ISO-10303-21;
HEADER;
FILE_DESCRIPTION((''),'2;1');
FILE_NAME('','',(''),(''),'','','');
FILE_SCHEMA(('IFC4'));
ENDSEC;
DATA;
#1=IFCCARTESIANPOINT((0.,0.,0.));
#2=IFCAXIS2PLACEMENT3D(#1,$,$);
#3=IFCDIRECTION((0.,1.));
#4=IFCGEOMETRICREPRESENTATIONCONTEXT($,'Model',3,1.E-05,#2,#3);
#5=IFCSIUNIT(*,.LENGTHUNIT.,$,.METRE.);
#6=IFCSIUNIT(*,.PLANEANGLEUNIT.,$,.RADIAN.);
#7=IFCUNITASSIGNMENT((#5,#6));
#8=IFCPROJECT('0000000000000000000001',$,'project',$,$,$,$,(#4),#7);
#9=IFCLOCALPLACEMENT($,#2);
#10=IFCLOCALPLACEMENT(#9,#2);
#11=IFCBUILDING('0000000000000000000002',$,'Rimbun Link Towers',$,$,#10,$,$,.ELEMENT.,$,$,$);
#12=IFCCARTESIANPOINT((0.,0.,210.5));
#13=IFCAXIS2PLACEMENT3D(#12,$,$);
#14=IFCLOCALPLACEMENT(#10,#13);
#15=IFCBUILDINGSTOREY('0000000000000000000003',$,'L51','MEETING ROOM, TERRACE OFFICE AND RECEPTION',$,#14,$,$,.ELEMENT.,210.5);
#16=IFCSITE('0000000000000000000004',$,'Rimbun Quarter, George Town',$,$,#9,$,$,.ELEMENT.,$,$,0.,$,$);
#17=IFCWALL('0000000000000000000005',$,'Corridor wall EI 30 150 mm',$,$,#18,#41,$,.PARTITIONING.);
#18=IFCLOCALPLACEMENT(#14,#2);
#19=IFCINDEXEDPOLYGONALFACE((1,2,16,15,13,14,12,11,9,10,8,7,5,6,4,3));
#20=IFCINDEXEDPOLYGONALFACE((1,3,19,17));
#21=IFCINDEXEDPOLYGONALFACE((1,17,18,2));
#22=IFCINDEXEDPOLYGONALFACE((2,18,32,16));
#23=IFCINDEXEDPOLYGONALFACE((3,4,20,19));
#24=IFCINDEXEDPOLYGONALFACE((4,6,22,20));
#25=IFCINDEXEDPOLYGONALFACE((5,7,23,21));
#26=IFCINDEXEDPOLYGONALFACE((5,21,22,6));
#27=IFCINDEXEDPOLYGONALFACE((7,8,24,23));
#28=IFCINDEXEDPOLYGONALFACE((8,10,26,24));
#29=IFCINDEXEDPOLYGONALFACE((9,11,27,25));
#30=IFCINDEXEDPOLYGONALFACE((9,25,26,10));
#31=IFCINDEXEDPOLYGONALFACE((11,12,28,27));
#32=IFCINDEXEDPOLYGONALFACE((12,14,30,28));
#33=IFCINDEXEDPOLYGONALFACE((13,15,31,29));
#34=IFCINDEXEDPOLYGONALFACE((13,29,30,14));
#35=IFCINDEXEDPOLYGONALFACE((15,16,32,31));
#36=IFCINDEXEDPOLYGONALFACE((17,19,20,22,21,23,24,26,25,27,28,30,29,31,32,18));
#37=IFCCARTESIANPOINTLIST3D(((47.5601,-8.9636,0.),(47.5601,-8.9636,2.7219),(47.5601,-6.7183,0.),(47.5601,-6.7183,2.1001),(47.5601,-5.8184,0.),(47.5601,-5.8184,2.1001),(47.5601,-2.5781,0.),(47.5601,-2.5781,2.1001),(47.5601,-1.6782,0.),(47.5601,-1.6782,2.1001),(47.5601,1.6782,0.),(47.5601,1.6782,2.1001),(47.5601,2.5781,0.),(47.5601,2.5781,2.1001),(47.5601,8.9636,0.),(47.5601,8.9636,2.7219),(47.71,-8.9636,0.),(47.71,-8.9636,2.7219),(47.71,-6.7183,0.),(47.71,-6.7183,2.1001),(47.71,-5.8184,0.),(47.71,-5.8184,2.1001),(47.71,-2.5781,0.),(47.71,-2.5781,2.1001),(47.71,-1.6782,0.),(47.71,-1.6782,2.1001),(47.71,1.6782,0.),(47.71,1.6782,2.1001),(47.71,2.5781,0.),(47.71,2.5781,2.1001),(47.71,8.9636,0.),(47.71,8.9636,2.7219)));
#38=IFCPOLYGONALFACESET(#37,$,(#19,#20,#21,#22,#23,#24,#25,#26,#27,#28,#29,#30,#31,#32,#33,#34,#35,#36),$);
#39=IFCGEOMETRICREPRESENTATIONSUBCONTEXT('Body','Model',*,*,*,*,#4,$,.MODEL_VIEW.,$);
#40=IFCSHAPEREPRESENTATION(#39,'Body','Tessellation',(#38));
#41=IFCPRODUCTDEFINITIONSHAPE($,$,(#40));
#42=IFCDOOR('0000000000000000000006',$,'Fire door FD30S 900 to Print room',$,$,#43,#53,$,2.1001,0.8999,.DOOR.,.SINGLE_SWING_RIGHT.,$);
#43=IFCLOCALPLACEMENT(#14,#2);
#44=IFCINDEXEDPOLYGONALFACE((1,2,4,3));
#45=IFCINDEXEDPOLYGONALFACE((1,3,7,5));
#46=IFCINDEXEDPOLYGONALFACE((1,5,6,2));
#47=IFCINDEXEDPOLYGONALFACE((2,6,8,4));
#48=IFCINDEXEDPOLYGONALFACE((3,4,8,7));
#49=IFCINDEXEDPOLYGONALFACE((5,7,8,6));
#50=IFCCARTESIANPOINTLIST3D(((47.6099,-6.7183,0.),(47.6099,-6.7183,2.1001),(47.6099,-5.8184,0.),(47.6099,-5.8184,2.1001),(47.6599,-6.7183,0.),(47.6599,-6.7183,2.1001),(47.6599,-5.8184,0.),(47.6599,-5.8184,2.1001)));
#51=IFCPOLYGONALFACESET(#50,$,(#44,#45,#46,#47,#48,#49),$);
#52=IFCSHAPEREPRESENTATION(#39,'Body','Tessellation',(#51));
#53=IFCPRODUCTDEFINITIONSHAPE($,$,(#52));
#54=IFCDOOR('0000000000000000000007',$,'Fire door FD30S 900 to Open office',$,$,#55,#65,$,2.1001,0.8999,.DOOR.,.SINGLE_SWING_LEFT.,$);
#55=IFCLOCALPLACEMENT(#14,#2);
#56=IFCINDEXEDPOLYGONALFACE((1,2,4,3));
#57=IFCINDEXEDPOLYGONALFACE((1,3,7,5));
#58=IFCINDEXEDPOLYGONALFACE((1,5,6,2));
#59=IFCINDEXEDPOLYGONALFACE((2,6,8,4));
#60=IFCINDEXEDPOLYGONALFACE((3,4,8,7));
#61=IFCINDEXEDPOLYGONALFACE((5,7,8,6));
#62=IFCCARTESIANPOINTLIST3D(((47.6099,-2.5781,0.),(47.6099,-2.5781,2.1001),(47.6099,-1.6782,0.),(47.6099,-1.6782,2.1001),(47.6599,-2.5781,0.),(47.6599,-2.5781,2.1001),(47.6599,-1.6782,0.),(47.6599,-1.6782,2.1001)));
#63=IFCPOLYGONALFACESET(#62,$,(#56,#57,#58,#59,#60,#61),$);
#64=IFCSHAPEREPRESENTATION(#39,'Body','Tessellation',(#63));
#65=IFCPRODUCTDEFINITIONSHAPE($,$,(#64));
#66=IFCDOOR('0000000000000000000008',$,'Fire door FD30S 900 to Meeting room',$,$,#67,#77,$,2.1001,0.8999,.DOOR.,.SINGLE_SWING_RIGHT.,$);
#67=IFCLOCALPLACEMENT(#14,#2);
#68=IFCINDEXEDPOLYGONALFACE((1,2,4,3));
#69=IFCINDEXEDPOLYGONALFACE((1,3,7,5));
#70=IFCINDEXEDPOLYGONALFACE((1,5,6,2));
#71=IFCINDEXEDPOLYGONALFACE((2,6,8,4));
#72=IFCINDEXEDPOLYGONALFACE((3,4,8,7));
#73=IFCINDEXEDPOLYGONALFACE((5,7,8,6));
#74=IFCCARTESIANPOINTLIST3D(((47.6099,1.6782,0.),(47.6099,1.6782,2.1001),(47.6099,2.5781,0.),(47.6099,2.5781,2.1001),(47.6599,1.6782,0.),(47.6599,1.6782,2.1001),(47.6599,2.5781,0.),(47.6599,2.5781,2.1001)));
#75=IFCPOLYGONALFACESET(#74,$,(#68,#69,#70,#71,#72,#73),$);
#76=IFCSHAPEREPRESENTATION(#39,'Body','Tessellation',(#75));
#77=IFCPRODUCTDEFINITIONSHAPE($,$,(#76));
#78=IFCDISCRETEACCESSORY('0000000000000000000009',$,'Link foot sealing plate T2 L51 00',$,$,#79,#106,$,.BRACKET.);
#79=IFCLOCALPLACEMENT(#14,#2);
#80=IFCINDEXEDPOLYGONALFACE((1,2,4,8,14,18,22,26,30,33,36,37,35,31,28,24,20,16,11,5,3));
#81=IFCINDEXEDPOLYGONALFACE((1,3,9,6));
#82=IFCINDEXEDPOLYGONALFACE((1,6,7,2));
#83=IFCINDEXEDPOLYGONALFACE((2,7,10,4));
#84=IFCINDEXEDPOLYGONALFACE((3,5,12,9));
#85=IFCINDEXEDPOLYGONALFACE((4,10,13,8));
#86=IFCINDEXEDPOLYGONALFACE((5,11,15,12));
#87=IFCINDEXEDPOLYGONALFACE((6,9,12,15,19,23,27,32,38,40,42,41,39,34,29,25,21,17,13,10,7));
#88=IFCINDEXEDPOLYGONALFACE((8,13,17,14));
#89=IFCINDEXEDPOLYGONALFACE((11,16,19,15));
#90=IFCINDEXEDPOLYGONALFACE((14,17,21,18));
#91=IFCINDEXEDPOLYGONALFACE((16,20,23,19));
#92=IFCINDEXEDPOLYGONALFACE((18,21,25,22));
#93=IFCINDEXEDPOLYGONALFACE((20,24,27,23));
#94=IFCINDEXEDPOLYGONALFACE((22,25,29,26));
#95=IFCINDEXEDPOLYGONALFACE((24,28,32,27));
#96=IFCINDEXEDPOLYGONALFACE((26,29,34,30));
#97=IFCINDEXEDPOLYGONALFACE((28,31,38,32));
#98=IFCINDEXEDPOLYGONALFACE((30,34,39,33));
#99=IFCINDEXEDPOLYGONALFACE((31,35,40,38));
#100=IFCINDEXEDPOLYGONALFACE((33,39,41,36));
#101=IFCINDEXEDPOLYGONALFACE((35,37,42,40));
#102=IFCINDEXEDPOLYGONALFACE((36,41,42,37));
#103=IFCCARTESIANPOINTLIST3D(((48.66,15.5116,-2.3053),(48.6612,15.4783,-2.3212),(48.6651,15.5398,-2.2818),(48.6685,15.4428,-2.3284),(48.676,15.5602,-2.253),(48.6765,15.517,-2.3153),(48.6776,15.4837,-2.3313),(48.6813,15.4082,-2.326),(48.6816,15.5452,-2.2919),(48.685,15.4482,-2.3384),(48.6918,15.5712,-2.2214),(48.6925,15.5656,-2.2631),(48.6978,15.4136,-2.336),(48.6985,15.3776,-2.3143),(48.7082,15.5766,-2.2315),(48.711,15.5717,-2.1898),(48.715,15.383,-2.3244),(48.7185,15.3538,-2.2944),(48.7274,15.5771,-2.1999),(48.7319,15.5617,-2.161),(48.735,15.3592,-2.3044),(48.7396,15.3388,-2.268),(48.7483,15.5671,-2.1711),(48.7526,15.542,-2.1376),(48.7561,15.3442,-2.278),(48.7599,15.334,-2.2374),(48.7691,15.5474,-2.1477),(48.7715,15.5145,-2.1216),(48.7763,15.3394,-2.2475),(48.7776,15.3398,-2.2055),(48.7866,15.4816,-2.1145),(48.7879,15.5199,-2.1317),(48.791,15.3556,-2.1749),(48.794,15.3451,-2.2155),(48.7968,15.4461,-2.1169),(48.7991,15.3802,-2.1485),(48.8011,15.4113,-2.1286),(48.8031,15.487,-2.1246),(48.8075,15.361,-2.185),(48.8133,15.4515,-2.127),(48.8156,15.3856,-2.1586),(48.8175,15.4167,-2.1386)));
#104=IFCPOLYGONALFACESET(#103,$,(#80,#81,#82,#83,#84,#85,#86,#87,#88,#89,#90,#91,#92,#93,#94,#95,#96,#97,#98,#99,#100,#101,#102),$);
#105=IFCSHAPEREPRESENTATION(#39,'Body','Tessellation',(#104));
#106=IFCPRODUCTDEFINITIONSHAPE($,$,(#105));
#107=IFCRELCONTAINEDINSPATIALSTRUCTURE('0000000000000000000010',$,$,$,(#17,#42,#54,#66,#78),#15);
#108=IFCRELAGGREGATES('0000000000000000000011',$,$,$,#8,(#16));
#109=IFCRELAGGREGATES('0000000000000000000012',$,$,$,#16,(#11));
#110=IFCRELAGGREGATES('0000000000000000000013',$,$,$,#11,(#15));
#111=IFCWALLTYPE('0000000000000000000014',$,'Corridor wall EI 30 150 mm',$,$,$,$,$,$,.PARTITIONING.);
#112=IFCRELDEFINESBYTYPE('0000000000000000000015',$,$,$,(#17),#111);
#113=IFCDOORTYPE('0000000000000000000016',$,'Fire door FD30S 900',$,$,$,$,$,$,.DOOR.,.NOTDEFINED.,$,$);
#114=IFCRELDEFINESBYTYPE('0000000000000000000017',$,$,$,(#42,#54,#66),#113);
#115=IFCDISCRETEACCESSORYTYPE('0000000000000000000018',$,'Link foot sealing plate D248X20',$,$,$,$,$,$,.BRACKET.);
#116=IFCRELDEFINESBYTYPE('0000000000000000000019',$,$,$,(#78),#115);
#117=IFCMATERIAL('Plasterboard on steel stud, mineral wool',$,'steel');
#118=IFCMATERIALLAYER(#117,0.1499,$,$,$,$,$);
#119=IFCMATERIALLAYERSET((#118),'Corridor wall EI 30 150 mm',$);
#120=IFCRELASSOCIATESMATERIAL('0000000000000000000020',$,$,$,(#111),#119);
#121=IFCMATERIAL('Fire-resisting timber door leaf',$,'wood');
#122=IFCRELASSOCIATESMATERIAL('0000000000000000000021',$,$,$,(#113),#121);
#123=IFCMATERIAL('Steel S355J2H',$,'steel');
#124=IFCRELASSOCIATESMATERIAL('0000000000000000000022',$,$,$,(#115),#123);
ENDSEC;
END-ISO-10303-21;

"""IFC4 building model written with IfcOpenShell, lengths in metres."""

from ifc_helpers import new_model, si_unit, direction, frame, frame_2d, origin, origin_2d, place, context, subcontext, project, spatial, rectangle, circle, extrude, material, layer, layer_set, material_profile, profile_set, type_object, element, fill, save


model = new_model("IFC4")

# Units and contexts
model_context = context("Model", 3, precision=1e-05, world=origin(), true_north=direction((0.0, 1.0)))
body_context = subcontext(model_context, "Body", "Model", "MODEL_VIEW")
ifc_project = project(units=[si_unit("LENGTHUNIT", "METRE"), si_unit("PLANEANGLEUNIT", "RADIAN")], contexts=[model_context])

# Site, building, storey
site_placement = place(None, origin())
site = spatial("IfcSite", under=ifc_project, at=site_placement, Name="Rimbun Quarter, George Town", CompositionType="ELEMENT", RefElevation=0.0)
building_placement = place(site_placement, origin())
building = spatial("IfcBuilding", under=site, at=building_placement, Name="Rimbun Link Towers", CompositionType="ELEMENT")
storey_placement = place(building_placement, frame((0.0, 0.0, 210.5)))
storey = spatial("IfcBuildingStorey", under=building, at=storey_placement, Name="L51", Description="MEETING ROOM, TERRACE OFFICE AND RECEPTION", CompositionType="ELEMENT", Elevation=210.5)

# Shared definitions
ifc_material_1 = material(Name="Plasterboard on steel stud, mineral wool", Category="steel")
ifc_layer_1 = layer(ifc_material_1, 0.1499)
ifc_layer_set_1 = layer_set([ifc_layer_1], Name="Corridor wall EI 30 150 mm")
wall_type = type_object("IfcWallType", Name="Corridor wall EI 30 150 mm", PredefinedType="PARTITIONING", material=ifc_layer_set_1)

# Wall, openings, doors
wall_1_placement = place(storey_placement, frame((47.635, 8.9636, 0.0), z_axis=(0.0, 0.0, 1.0), x_axis=(0.0, -1.0, 0.0)))
wall_1 = element("IfcWall", 1, at=wall_1_placement, inside=storey, type_object=wall_type, Name="Corridor wall EI 30 150 mm", PredefinedType="PARTITIONING", context=body_context, shape_type="SweptSolid", body=[
    extrude(rectangle(XDim=17.9272, YDim=0.1499, at=frame_2d((8.9636, 0.0))), origin(), (0.0, 0.0, 1.0), 2.7219),
])
opening_1_placement = place(wall_1_placement, frame((14.782, 0.0, 0.0)))
opening_1 = element("IfcOpeningElement", 2, at=opening_1_placement, cuts=wall_1, PredefinedType="OPENING", context=body_context, shape_type="SweptSolid", body=[
    extrude(rectangle(XDim=0.8999, YDim=2.1001, at=frame_2d((0.45, 1.05))), frame((0.0, 0.085, 0.0), z_axis=(0.0, -1.0, 0.0), x_axis=(1.0, 0.0, 0.0)), (0.0, 0.0, 1.0), 0.1699),
])
opening_2_placement = place(wall_1_placement, frame((10.6418, 0.0, 0.0)))
opening_2 = element("IfcOpeningElement", 3, at=opening_2_placement, cuts=wall_1, PredefinedType="OPENING", context=body_context, shape_type="SweptSolid", body=[
    extrude(rectangle(XDim=0.8999, YDim=2.1001, at=frame_2d((0.45, 1.05))), frame((0.0, 0.085, 0.0), z_axis=(0.0, -1.0, 0.0), x_axis=(1.0, 0.0, 0.0)), (0.0, 0.0, 1.0), 0.1699),
])
opening_3_placement = place(wall_1_placement, frame((6.3855, 0.0, 0.0)))
opening_3 = element("IfcOpeningElement", 4, at=opening_3_placement, cuts=wall_1, PredefinedType="OPENING", context=body_context, shape_type="SweptSolid", body=[
    extrude(rectangle(XDim=0.8999, YDim=2.1001, at=frame_2d((0.45, 1.05))), frame((0.0, 0.085, 0.0), z_axis=(0.0, -1.0, 0.0), x_axis=(1.0, 0.0, 0.0)), (0.0, 0.0, 1.0), 0.1699),
])
ifc_material_2 = material(Name="Fire-resisting timber door leaf", Category="wood")
door_type = type_object("IfcDoorType", Name="Fire door FD30S 900", OperationType="NOTDEFINED", PredefinedType="DOOR", material=ifc_material_2)
door_1_placement = place(opening_1_placement, origin())
door_1 = element("IfcDoor", 5, at=door_1_placement, inside=storey, type_object=door_type, Name="Fire door FD30S 900 to Print room", OperationType="SINGLE_SWING_RIGHT", OverallHeight=2.1001, OverallWidth=0.8999, PredefinedType="DOOR", context=body_context, shape_type="SweptSolid", body=[
    extrude(rectangle(XDim=0.8999, YDim=2.1001, at=frame_2d((0.45, 1.05))), frame((0.0, 0.0249, 0.0), z_axis=(0.0, -1.0, 0.0), x_axis=(1.0, 0.0, 0.0)), (0.0, 0.0, 1.0), 0.05),
])
fill(opening_1, door_1)
door_2_placement = place(opening_2_placement, origin())
door_2 = element("IfcDoor", 6, at=door_2_placement, inside=storey, type_object=door_type, Name="Fire door FD30S 900 to Open office", OperationType="SINGLE_SWING_LEFT", OverallHeight=2.1001, OverallWidth=0.8999, PredefinedType="DOOR", context=body_context, shape_type="SweptSolid", body=[
    extrude(rectangle(XDim=0.8999, YDim=2.1001, at=frame_2d((0.45, 1.05))), frame((0.0, 0.0249, 0.0), z_axis=(0.0, -1.0, 0.0), x_axis=(1.0, 0.0, 0.0)), (0.0, 0.0, 1.0), 0.05),
])
fill(opening_2, door_2)
door_3_placement = place(opening_3_placement, origin())
door_3 = element("IfcDoor", 7, at=door_3_placement, inside=storey, type_object=door_type, Name="Fire door FD30S 900 to Meeting room", OperationType="SINGLE_SWING_RIGHT", OverallHeight=2.1001, OverallWidth=0.8999, PredefinedType="DOOR", context=body_context, shape_type="SweptSolid", body=[
    extrude(rectangle(XDim=0.8999, YDim=2.1001, at=frame_2d((0.45, 1.05))), frame((0.0, 0.0249, 0.0), z_axis=(0.0, -1.0, 0.0), x_axis=(1.0, 0.0, 0.0)), (0.0, 0.0, 1.0), 0.05),
])
fill(opening_3, door_3)

# Discrete accessory
ifc_material_3 = material(Name="Steel S355J2H", Category="steel")
ifc_material_profile_1 = material_profile(ifc_material_3, circle(Radius=0.124, at=origin_2d()), Name="PL D248")
ifc_profile_set_1 = profile_set([ifc_material_profile_1], Name="Steel S355J2H")
discrete_accessory_type = type_object("IfcDiscreteAccessoryType", Name="Link foot sealing plate D248X20", PredefinedType="BRACKET", material=ifc_profile_set_1)
discrete_accessory_placement = place(storey_placement, frame((48.7305, 15.4534, -2.2214), z_axis=(0.82136, 0.2697, -0.502623), x_axis=(-0.31197, 0.950092, 0.0)))
element("IfcDiscreteAccessory", 8, at=discrete_accessory_placement, inside=storey, type_object=discrete_accessory_type, Name="Link foot sealing plate T2 L51 00", PredefinedType="BRACKET", context=body_context, shape_type="SweptSolid", body=[
    extrude(circle(Radius=0.124, at=origin_2d()), origin(), (0.0, 0.0, 1.0), 0.02),
])

save(model, "model.ifc")
